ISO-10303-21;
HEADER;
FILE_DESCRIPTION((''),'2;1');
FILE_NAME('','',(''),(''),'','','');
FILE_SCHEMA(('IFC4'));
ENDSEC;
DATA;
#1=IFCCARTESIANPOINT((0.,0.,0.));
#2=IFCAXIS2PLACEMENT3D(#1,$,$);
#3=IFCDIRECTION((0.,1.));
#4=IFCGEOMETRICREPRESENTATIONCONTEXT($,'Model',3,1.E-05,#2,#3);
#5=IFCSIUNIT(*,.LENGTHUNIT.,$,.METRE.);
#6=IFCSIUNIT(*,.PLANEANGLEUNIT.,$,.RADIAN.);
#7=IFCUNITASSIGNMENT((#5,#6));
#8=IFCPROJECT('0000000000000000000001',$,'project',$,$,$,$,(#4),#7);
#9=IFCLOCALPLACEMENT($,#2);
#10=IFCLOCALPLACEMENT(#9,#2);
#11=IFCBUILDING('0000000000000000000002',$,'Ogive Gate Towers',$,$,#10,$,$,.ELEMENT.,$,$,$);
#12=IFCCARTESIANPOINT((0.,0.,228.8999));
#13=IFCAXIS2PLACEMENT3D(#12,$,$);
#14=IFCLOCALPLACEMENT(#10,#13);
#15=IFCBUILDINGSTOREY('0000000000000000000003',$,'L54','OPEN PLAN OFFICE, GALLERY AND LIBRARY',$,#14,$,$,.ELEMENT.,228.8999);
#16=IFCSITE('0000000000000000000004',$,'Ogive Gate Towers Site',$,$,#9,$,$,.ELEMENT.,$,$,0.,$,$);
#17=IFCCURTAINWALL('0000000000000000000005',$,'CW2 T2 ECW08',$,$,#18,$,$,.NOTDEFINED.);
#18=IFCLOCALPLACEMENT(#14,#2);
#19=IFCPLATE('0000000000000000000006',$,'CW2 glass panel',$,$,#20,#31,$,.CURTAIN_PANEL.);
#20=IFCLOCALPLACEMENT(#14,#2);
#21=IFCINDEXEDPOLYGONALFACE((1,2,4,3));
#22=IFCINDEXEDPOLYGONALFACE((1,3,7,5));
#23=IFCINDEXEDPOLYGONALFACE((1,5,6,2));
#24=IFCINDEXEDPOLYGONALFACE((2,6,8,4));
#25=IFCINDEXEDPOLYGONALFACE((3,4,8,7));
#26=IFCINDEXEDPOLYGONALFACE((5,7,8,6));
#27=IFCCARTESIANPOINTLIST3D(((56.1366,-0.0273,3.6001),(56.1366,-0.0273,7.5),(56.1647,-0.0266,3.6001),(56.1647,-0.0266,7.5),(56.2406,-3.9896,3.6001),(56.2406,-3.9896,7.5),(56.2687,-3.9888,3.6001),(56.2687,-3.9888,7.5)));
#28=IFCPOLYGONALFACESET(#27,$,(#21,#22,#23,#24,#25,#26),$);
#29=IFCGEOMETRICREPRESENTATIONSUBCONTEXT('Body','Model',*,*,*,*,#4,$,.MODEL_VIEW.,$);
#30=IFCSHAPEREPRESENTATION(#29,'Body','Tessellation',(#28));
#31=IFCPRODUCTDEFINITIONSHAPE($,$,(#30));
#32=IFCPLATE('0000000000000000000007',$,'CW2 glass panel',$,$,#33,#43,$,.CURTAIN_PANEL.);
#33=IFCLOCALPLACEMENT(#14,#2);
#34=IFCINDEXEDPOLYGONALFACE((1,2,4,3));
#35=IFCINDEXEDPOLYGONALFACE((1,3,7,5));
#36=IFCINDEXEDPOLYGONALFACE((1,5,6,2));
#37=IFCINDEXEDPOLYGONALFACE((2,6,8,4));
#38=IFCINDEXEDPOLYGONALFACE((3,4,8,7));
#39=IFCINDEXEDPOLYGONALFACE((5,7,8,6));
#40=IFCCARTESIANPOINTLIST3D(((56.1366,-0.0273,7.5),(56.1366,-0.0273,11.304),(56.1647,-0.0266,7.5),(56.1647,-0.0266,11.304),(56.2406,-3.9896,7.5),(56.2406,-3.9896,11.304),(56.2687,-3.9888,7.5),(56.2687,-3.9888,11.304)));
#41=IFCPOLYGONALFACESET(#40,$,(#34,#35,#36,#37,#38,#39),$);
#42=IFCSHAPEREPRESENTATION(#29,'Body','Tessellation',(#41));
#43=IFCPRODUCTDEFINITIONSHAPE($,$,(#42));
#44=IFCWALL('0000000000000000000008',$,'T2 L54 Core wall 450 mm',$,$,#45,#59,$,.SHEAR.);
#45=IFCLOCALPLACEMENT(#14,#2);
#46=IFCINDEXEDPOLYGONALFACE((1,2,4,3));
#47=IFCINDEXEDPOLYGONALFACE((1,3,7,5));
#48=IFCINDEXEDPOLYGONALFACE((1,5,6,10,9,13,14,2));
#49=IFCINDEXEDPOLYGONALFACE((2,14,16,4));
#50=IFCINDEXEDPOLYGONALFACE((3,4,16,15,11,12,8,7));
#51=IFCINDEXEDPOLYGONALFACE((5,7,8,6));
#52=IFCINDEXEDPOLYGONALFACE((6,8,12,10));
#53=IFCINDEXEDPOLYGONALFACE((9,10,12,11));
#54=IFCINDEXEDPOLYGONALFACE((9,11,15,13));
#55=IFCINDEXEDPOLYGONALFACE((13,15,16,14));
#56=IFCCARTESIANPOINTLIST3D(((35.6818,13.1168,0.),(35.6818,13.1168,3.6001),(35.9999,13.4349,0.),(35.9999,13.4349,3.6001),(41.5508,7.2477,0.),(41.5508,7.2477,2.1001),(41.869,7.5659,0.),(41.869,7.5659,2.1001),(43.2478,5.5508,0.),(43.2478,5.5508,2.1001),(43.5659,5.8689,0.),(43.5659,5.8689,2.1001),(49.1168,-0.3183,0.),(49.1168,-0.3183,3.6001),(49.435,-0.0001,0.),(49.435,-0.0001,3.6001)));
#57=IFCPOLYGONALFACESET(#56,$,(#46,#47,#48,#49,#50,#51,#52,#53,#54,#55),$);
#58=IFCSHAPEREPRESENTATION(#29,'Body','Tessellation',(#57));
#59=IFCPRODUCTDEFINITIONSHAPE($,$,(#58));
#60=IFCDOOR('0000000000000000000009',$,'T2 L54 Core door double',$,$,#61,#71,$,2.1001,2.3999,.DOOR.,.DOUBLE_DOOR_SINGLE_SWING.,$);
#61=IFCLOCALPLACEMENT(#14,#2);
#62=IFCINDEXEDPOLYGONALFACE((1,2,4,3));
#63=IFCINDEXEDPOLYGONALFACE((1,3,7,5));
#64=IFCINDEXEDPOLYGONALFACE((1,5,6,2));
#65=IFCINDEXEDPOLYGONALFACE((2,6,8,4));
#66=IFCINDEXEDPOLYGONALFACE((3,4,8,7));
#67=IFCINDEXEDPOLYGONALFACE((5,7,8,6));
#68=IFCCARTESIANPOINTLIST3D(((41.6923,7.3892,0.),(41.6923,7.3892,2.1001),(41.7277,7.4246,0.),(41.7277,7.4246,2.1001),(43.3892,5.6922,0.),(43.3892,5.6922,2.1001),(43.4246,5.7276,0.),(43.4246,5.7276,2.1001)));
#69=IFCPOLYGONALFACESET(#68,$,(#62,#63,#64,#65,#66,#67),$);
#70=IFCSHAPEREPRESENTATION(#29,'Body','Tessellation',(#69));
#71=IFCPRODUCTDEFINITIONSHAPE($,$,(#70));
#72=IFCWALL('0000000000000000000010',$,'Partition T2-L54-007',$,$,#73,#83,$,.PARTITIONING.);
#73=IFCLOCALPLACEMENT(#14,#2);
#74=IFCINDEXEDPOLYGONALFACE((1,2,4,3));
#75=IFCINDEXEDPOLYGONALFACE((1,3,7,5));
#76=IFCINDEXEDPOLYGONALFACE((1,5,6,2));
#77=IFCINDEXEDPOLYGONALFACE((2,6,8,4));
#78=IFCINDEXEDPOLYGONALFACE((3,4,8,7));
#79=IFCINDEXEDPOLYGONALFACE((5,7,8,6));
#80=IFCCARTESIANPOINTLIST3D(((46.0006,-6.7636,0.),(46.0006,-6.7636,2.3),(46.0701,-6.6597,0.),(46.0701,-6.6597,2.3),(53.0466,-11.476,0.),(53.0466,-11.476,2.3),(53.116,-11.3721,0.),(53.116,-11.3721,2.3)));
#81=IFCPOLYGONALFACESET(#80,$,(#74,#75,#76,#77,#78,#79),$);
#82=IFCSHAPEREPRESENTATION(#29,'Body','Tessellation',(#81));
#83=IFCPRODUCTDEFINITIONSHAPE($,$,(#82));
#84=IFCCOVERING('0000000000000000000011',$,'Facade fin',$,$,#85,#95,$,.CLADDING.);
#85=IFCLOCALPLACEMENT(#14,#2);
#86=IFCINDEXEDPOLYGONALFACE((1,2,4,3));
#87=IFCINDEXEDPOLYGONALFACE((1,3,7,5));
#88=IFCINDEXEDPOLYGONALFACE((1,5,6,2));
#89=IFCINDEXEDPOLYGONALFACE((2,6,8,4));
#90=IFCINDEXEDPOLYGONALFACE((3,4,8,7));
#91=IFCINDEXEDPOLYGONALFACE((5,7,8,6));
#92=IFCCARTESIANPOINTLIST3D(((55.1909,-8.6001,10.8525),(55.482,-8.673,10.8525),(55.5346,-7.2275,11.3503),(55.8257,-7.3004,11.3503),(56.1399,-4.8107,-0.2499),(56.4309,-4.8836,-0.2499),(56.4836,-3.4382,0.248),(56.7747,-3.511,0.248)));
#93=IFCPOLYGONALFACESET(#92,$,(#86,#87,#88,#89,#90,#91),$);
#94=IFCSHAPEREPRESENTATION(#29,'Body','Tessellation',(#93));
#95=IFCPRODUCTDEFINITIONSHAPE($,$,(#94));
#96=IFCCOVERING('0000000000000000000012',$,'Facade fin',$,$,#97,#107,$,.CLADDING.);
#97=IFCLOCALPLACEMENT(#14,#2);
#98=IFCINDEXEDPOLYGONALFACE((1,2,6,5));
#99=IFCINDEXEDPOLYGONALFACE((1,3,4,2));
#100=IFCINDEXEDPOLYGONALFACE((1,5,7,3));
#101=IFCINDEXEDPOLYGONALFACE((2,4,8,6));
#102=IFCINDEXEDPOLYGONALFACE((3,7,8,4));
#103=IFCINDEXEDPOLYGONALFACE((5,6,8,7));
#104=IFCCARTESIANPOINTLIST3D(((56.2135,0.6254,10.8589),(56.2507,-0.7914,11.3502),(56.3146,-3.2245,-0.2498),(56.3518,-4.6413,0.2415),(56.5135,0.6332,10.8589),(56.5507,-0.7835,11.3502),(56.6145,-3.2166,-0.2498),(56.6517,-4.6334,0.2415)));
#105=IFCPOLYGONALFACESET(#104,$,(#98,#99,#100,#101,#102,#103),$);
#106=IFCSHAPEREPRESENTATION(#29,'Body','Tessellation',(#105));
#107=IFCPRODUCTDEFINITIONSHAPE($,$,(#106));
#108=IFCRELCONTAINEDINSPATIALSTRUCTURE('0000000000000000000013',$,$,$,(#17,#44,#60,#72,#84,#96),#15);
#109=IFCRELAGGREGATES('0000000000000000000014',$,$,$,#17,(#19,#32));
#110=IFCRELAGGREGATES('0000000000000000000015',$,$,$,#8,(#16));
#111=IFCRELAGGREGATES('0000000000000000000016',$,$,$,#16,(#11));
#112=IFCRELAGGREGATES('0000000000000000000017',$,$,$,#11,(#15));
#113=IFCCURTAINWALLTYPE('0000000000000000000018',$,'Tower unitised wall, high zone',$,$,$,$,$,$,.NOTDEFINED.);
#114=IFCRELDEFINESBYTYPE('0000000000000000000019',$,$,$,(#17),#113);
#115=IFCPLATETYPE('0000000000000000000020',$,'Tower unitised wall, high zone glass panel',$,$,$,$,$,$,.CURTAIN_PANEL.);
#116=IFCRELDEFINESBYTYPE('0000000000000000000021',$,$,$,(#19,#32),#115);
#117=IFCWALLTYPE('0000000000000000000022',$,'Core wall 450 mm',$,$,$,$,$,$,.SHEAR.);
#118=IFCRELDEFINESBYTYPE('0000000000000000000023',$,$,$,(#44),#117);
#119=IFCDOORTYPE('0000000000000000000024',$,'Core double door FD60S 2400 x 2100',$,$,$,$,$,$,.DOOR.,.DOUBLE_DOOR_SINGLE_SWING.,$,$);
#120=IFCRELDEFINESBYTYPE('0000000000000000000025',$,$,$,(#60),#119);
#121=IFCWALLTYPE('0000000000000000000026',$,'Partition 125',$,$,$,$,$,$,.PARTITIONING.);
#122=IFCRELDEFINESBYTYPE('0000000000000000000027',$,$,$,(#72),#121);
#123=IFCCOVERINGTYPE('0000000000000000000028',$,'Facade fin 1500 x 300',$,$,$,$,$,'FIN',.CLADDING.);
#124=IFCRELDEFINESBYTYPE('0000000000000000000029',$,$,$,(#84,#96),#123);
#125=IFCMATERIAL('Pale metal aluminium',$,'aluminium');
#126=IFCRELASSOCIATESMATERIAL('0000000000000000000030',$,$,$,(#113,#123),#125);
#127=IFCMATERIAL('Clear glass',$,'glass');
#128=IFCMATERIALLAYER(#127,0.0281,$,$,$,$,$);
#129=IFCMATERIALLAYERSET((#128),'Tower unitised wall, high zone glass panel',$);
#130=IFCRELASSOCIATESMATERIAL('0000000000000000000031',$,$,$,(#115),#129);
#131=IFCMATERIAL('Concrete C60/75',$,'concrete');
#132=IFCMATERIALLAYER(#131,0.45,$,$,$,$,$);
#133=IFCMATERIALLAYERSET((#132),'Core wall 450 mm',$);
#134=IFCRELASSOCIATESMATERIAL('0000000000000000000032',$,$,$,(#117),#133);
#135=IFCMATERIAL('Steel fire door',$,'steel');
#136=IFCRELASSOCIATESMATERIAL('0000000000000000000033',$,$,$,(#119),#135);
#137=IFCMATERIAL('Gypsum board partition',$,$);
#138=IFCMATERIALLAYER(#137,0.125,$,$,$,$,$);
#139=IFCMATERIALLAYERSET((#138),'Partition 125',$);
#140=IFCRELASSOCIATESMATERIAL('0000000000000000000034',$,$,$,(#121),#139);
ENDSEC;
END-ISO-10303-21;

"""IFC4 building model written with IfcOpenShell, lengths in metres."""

from ifc_helpers import new_model, si_unit, direction, frame, frame_2d, origin, origin_2d, place, context, subcontext, project, spatial, rectangle, extrude, material, layer, layer_set, material_profile, profile_set, type_object, element, fill, aggregate, save


model = new_model("IFC4")

# Units and contexts
model_context = context("Model", 3, precision=1e-05, world=origin(), true_north=direction((0.0, 1.0)))
body_context = subcontext(model_context, "Body", "Model", "MODEL_VIEW")
ifc_project = project(units=[si_unit("LENGTHUNIT", "METRE"), si_unit("PLANEANGLEUNIT", "RADIAN")], contexts=[model_context])

# Site, building, storey
site_placement = place(None, origin())
site = spatial("IfcSite", under=ifc_project, at=site_placement, Name="Ogive Gate Towers Site", CompositionType="ELEMENT", RefElevation=0.0)
building_placement = place(site_placement, origin())
building = spatial("IfcBuilding", under=site, at=building_placement, Name="Ogive Gate Towers", CompositionType="ELEMENT")
storey_placement = place(building_placement, frame((0.0, 0.0, 228.8999)))
storey = spatial("IfcBuildingStorey", under=building, at=storey_placement, Name="L54", Description="OPEN PLAN OFFICE, GALLERY AND LIBRARY", CompositionType="ELEMENT", Elevation=228.8999)

# Curtain wall, plates
ifc_material_1 = material(Name="Pale metal aluminium", Category="aluminium")
curtain_wall_type = type_object("IfcCurtainWallType", Name="Tower unitised wall, high zone", PredefinedType="NOTDEFINED", material=ifc_material_1)
curtain_wall_placement = place(storey_placement, origin())
curtain_wall = element("IfcCurtainWall", 1, at=curtain_wall_placement, inside=storey, type_object=curtain_wall_type, Name="CW2 T2 ECW08", PredefinedType="NOTDEFINED")
ifc_material_2 = material(Name="Clear glass", Category="glass")
ifc_layer_1 = layer(ifc_material_2, 0.0281)
ifc_layer_set_1 = layer_set([ifc_layer_1], Name="Tower unitised wall, high zone glass panel")
plate_type = type_object("IfcPlateType", Name="Tower unitised wall, high zone glass panel", PredefinedType="CURTAIN_PANEL", material=ifc_layer_set_1)
plate_1_placement = place(storey_placement, frame((56.2026, -2.0081, 3.6001), z_axis=(0.0, 0.0, 1.0), x_axis=(-0.026229, 0.999656, 0.0)))
plate_1 = element("IfcPlate", 2, at=plate_1_placement, type_object=plate_type, Name="CW2 glass panel", PredefinedType="CURTAIN_PANEL", context=body_context, shape_type="SweptSolid", body=[
    extrude(rectangle(XDim=3.9636, YDim=0.0281, at=origin_2d()), origin(), (0.0, 0.0, 1.0), 3.8999),
])
plate_2_placement = place(storey_placement, frame((56.2026, -2.0081, 7.5), z_axis=(0.0, 0.0, 1.0), x_axis=(-0.026229, 0.999656, 0.0)))
plate_2 = element("IfcPlate", 3, at=plate_2_placement, type_object=plate_type, Name="CW2 glass panel", PredefinedType="CURTAIN_PANEL", context=body_context, shape_type="SweptSolid", body=[
    extrude(rectangle(XDim=3.9636, YDim=0.0281, at=origin_2d()), origin(), (0.0, 0.0, 1.0), 3.804),
])
aggregate(curtain_wall, [plate_1, plate_2])

# Wall, opening, door
ifc_material_3 = material(Name="Concrete C60/75", Category="concrete")
ifc_layer_2 = layer(ifc_material_3, 0.45)
ifc_layer_set_2 = layer_set([ifc_layer_2], Name="Core wall 450 mm")
wall_type_1 = type_object("IfcWallType", Name="Core wall 450 mm", PredefinedType="SHEAR", material=ifc_layer_set_2)
wall_1_placement = place(storey_placement, frame((49.2759, -0.1592, 0.0), z_axis=(0.0, 0.0, 1.0), x_axis=(-0.707107, 0.707107, 0.0)))
wall_1 = element("IfcWall", 4, at=wall_1_placement, inside=storey, type_object=wall_type_1, Name="T2 L54 Core wall 450 mm", PredefinedType="SHEAR", context=body_context, shape_type="SweptSolid", body=[
    extrude(rectangle(XDim=19.0, YDim=0.45, at=frame_2d((9.5, 0.0))), origin(), (0.0, 0.0, 1.0), 3.6001),
])
opening_placement = place(wall_1_placement, frame((8.3, 0.0, 0.0)))
opening = element("IfcOpeningElement", 5, at=opening_placement, cuts=wall_1, PredefinedType="OPENING", context=body_context, shape_type="SweptSolid", body=[
    extrude(rectangle(XDim=2.3999, YDim=2.1001, at=frame_2d((1.2, 1.05))), frame((0.0, 0.2349, 0.0), z_axis=(0.0, -1.0, 0.0), x_axis=(1.0, 0.0, 0.0)), (0.0, 0.0, 1.0), 0.47),
])
ifc_material_4 = material(Name="Steel fire door", Category="steel")
door_type = type_object("IfcDoorType", Name="Core double door FD60S 2400 x 2100", OperationType="DOUBLE_DOOR_SINGLE_SWING", PredefinedType="DOOR", material=ifc_material_4)
door_placement = place(opening_placement, origin())
door = element("IfcDoor", 6, at=door_placement, inside=storey, type_object=door_type, Name="T2 L54 Core door double", OperationType="DOUBLE_DOOR_SINGLE_SWING", OverallHeight=2.1001, OverallWidth=2.3999, PredefinedType="DOOR", context=body_context, shape_type="SweptSolid", body=[
    extrude(rectangle(XDim=2.3999, YDim=2.1001, at=frame_2d((1.2, 1.05))), frame((0.0, 0.0249, 0.0), z_axis=(0.0, -1.0, 0.0), x_axis=(1.0, 0.0, 0.0)), (0.0, 0.0, 1.0), 0.05),
])
fill(opening, door)

# Wall
ifc_material_5 = material(Name="Gypsum board partition")
ifc_layer_3 = layer(ifc_material_5, 0.125)
ifc_layer_set_3 = layer_set([ifc_layer_3], Name="Partition 125")
wall_type_2 = type_object("IfcWallType", Name="Partition 125", PredefinedType="PARTITIONING", material=ifc_layer_set_3)
wall_2_placement = place(storey_placement, frame((53.0813, -11.4241, 0.0), z_axis=(0.0, 0.0, 1.0), x_axis=(-0.831225, 0.555936, 0.0)))
element("IfcWall", 7, at=wall_2_placement, inside=storey, type_object=wall_type_2, Name="Partition T2-L54-007", PredefinedType="PARTITIONING", context=body_context, shape_type="SweptSolid", body=[
    extrude(rectangle(XDim=8.4766, YDim=0.125, at=frame_2d((4.2383, 0.0))), origin(), (0.0, 0.0, 1.0), 2.3),
])

# Coverings
ifc_material_profile_1 = material_profile(ifc_material_1, rectangle(XDim=0.3, YDim=1.5, at=origin_2d()), Name="1500 x 300 pale metal aluminium")
ifc_profile_set_1 = profile_set([ifc_material_profile_1], Name="Pale metal aluminium")
covering_type = type_object("IfcCoveringType", Name="Facade fin 1500 x 300", ElementType="FIN", PredefinedType="CLADDING", material=ifc_profile_set_1)
covering_1_placement = place(storey_placement, frame((56.4573, -4.1609, -0.001), z_axis=(-0.08063, -0.321961, 0.943313), x_axis=(0.970043, -0.242933, 0.0)))
element("IfcCovering", 8, at=covering_1_placement, inside=storey, type_object=covering_type, Name="Facade fin", PredefinedType="CLADDING", context=body_context, shape_type="SweptSolid", body=[
    extrude(rectangle(XDim=0.3, YDim=1.5, at=origin_2d()), origin(), (0.0, 0.0, 1.0), 11.7695),
])
covering_2_placement = place(storey_placement, frame((56.4832, -3.929, -0.0042), z_axis=(-0.008597, 0.327444, 0.944831), x_axis=(-0.999656, -0.026245, 0.0)))
element("IfcCovering", 9, at=covering_2_placement, inside=storey, type_object=covering_type, Name="Facade fin", PredefinedType="CLADDING", context=body_context, shape_type="SweptSolid", body=[
    extrude(rectangle(XDim=0.3, YDim=1.5, at=origin_2d()), origin(), (0.0, 0.0, 1.0), 11.7573),
])

save(model, "model.ifc")
